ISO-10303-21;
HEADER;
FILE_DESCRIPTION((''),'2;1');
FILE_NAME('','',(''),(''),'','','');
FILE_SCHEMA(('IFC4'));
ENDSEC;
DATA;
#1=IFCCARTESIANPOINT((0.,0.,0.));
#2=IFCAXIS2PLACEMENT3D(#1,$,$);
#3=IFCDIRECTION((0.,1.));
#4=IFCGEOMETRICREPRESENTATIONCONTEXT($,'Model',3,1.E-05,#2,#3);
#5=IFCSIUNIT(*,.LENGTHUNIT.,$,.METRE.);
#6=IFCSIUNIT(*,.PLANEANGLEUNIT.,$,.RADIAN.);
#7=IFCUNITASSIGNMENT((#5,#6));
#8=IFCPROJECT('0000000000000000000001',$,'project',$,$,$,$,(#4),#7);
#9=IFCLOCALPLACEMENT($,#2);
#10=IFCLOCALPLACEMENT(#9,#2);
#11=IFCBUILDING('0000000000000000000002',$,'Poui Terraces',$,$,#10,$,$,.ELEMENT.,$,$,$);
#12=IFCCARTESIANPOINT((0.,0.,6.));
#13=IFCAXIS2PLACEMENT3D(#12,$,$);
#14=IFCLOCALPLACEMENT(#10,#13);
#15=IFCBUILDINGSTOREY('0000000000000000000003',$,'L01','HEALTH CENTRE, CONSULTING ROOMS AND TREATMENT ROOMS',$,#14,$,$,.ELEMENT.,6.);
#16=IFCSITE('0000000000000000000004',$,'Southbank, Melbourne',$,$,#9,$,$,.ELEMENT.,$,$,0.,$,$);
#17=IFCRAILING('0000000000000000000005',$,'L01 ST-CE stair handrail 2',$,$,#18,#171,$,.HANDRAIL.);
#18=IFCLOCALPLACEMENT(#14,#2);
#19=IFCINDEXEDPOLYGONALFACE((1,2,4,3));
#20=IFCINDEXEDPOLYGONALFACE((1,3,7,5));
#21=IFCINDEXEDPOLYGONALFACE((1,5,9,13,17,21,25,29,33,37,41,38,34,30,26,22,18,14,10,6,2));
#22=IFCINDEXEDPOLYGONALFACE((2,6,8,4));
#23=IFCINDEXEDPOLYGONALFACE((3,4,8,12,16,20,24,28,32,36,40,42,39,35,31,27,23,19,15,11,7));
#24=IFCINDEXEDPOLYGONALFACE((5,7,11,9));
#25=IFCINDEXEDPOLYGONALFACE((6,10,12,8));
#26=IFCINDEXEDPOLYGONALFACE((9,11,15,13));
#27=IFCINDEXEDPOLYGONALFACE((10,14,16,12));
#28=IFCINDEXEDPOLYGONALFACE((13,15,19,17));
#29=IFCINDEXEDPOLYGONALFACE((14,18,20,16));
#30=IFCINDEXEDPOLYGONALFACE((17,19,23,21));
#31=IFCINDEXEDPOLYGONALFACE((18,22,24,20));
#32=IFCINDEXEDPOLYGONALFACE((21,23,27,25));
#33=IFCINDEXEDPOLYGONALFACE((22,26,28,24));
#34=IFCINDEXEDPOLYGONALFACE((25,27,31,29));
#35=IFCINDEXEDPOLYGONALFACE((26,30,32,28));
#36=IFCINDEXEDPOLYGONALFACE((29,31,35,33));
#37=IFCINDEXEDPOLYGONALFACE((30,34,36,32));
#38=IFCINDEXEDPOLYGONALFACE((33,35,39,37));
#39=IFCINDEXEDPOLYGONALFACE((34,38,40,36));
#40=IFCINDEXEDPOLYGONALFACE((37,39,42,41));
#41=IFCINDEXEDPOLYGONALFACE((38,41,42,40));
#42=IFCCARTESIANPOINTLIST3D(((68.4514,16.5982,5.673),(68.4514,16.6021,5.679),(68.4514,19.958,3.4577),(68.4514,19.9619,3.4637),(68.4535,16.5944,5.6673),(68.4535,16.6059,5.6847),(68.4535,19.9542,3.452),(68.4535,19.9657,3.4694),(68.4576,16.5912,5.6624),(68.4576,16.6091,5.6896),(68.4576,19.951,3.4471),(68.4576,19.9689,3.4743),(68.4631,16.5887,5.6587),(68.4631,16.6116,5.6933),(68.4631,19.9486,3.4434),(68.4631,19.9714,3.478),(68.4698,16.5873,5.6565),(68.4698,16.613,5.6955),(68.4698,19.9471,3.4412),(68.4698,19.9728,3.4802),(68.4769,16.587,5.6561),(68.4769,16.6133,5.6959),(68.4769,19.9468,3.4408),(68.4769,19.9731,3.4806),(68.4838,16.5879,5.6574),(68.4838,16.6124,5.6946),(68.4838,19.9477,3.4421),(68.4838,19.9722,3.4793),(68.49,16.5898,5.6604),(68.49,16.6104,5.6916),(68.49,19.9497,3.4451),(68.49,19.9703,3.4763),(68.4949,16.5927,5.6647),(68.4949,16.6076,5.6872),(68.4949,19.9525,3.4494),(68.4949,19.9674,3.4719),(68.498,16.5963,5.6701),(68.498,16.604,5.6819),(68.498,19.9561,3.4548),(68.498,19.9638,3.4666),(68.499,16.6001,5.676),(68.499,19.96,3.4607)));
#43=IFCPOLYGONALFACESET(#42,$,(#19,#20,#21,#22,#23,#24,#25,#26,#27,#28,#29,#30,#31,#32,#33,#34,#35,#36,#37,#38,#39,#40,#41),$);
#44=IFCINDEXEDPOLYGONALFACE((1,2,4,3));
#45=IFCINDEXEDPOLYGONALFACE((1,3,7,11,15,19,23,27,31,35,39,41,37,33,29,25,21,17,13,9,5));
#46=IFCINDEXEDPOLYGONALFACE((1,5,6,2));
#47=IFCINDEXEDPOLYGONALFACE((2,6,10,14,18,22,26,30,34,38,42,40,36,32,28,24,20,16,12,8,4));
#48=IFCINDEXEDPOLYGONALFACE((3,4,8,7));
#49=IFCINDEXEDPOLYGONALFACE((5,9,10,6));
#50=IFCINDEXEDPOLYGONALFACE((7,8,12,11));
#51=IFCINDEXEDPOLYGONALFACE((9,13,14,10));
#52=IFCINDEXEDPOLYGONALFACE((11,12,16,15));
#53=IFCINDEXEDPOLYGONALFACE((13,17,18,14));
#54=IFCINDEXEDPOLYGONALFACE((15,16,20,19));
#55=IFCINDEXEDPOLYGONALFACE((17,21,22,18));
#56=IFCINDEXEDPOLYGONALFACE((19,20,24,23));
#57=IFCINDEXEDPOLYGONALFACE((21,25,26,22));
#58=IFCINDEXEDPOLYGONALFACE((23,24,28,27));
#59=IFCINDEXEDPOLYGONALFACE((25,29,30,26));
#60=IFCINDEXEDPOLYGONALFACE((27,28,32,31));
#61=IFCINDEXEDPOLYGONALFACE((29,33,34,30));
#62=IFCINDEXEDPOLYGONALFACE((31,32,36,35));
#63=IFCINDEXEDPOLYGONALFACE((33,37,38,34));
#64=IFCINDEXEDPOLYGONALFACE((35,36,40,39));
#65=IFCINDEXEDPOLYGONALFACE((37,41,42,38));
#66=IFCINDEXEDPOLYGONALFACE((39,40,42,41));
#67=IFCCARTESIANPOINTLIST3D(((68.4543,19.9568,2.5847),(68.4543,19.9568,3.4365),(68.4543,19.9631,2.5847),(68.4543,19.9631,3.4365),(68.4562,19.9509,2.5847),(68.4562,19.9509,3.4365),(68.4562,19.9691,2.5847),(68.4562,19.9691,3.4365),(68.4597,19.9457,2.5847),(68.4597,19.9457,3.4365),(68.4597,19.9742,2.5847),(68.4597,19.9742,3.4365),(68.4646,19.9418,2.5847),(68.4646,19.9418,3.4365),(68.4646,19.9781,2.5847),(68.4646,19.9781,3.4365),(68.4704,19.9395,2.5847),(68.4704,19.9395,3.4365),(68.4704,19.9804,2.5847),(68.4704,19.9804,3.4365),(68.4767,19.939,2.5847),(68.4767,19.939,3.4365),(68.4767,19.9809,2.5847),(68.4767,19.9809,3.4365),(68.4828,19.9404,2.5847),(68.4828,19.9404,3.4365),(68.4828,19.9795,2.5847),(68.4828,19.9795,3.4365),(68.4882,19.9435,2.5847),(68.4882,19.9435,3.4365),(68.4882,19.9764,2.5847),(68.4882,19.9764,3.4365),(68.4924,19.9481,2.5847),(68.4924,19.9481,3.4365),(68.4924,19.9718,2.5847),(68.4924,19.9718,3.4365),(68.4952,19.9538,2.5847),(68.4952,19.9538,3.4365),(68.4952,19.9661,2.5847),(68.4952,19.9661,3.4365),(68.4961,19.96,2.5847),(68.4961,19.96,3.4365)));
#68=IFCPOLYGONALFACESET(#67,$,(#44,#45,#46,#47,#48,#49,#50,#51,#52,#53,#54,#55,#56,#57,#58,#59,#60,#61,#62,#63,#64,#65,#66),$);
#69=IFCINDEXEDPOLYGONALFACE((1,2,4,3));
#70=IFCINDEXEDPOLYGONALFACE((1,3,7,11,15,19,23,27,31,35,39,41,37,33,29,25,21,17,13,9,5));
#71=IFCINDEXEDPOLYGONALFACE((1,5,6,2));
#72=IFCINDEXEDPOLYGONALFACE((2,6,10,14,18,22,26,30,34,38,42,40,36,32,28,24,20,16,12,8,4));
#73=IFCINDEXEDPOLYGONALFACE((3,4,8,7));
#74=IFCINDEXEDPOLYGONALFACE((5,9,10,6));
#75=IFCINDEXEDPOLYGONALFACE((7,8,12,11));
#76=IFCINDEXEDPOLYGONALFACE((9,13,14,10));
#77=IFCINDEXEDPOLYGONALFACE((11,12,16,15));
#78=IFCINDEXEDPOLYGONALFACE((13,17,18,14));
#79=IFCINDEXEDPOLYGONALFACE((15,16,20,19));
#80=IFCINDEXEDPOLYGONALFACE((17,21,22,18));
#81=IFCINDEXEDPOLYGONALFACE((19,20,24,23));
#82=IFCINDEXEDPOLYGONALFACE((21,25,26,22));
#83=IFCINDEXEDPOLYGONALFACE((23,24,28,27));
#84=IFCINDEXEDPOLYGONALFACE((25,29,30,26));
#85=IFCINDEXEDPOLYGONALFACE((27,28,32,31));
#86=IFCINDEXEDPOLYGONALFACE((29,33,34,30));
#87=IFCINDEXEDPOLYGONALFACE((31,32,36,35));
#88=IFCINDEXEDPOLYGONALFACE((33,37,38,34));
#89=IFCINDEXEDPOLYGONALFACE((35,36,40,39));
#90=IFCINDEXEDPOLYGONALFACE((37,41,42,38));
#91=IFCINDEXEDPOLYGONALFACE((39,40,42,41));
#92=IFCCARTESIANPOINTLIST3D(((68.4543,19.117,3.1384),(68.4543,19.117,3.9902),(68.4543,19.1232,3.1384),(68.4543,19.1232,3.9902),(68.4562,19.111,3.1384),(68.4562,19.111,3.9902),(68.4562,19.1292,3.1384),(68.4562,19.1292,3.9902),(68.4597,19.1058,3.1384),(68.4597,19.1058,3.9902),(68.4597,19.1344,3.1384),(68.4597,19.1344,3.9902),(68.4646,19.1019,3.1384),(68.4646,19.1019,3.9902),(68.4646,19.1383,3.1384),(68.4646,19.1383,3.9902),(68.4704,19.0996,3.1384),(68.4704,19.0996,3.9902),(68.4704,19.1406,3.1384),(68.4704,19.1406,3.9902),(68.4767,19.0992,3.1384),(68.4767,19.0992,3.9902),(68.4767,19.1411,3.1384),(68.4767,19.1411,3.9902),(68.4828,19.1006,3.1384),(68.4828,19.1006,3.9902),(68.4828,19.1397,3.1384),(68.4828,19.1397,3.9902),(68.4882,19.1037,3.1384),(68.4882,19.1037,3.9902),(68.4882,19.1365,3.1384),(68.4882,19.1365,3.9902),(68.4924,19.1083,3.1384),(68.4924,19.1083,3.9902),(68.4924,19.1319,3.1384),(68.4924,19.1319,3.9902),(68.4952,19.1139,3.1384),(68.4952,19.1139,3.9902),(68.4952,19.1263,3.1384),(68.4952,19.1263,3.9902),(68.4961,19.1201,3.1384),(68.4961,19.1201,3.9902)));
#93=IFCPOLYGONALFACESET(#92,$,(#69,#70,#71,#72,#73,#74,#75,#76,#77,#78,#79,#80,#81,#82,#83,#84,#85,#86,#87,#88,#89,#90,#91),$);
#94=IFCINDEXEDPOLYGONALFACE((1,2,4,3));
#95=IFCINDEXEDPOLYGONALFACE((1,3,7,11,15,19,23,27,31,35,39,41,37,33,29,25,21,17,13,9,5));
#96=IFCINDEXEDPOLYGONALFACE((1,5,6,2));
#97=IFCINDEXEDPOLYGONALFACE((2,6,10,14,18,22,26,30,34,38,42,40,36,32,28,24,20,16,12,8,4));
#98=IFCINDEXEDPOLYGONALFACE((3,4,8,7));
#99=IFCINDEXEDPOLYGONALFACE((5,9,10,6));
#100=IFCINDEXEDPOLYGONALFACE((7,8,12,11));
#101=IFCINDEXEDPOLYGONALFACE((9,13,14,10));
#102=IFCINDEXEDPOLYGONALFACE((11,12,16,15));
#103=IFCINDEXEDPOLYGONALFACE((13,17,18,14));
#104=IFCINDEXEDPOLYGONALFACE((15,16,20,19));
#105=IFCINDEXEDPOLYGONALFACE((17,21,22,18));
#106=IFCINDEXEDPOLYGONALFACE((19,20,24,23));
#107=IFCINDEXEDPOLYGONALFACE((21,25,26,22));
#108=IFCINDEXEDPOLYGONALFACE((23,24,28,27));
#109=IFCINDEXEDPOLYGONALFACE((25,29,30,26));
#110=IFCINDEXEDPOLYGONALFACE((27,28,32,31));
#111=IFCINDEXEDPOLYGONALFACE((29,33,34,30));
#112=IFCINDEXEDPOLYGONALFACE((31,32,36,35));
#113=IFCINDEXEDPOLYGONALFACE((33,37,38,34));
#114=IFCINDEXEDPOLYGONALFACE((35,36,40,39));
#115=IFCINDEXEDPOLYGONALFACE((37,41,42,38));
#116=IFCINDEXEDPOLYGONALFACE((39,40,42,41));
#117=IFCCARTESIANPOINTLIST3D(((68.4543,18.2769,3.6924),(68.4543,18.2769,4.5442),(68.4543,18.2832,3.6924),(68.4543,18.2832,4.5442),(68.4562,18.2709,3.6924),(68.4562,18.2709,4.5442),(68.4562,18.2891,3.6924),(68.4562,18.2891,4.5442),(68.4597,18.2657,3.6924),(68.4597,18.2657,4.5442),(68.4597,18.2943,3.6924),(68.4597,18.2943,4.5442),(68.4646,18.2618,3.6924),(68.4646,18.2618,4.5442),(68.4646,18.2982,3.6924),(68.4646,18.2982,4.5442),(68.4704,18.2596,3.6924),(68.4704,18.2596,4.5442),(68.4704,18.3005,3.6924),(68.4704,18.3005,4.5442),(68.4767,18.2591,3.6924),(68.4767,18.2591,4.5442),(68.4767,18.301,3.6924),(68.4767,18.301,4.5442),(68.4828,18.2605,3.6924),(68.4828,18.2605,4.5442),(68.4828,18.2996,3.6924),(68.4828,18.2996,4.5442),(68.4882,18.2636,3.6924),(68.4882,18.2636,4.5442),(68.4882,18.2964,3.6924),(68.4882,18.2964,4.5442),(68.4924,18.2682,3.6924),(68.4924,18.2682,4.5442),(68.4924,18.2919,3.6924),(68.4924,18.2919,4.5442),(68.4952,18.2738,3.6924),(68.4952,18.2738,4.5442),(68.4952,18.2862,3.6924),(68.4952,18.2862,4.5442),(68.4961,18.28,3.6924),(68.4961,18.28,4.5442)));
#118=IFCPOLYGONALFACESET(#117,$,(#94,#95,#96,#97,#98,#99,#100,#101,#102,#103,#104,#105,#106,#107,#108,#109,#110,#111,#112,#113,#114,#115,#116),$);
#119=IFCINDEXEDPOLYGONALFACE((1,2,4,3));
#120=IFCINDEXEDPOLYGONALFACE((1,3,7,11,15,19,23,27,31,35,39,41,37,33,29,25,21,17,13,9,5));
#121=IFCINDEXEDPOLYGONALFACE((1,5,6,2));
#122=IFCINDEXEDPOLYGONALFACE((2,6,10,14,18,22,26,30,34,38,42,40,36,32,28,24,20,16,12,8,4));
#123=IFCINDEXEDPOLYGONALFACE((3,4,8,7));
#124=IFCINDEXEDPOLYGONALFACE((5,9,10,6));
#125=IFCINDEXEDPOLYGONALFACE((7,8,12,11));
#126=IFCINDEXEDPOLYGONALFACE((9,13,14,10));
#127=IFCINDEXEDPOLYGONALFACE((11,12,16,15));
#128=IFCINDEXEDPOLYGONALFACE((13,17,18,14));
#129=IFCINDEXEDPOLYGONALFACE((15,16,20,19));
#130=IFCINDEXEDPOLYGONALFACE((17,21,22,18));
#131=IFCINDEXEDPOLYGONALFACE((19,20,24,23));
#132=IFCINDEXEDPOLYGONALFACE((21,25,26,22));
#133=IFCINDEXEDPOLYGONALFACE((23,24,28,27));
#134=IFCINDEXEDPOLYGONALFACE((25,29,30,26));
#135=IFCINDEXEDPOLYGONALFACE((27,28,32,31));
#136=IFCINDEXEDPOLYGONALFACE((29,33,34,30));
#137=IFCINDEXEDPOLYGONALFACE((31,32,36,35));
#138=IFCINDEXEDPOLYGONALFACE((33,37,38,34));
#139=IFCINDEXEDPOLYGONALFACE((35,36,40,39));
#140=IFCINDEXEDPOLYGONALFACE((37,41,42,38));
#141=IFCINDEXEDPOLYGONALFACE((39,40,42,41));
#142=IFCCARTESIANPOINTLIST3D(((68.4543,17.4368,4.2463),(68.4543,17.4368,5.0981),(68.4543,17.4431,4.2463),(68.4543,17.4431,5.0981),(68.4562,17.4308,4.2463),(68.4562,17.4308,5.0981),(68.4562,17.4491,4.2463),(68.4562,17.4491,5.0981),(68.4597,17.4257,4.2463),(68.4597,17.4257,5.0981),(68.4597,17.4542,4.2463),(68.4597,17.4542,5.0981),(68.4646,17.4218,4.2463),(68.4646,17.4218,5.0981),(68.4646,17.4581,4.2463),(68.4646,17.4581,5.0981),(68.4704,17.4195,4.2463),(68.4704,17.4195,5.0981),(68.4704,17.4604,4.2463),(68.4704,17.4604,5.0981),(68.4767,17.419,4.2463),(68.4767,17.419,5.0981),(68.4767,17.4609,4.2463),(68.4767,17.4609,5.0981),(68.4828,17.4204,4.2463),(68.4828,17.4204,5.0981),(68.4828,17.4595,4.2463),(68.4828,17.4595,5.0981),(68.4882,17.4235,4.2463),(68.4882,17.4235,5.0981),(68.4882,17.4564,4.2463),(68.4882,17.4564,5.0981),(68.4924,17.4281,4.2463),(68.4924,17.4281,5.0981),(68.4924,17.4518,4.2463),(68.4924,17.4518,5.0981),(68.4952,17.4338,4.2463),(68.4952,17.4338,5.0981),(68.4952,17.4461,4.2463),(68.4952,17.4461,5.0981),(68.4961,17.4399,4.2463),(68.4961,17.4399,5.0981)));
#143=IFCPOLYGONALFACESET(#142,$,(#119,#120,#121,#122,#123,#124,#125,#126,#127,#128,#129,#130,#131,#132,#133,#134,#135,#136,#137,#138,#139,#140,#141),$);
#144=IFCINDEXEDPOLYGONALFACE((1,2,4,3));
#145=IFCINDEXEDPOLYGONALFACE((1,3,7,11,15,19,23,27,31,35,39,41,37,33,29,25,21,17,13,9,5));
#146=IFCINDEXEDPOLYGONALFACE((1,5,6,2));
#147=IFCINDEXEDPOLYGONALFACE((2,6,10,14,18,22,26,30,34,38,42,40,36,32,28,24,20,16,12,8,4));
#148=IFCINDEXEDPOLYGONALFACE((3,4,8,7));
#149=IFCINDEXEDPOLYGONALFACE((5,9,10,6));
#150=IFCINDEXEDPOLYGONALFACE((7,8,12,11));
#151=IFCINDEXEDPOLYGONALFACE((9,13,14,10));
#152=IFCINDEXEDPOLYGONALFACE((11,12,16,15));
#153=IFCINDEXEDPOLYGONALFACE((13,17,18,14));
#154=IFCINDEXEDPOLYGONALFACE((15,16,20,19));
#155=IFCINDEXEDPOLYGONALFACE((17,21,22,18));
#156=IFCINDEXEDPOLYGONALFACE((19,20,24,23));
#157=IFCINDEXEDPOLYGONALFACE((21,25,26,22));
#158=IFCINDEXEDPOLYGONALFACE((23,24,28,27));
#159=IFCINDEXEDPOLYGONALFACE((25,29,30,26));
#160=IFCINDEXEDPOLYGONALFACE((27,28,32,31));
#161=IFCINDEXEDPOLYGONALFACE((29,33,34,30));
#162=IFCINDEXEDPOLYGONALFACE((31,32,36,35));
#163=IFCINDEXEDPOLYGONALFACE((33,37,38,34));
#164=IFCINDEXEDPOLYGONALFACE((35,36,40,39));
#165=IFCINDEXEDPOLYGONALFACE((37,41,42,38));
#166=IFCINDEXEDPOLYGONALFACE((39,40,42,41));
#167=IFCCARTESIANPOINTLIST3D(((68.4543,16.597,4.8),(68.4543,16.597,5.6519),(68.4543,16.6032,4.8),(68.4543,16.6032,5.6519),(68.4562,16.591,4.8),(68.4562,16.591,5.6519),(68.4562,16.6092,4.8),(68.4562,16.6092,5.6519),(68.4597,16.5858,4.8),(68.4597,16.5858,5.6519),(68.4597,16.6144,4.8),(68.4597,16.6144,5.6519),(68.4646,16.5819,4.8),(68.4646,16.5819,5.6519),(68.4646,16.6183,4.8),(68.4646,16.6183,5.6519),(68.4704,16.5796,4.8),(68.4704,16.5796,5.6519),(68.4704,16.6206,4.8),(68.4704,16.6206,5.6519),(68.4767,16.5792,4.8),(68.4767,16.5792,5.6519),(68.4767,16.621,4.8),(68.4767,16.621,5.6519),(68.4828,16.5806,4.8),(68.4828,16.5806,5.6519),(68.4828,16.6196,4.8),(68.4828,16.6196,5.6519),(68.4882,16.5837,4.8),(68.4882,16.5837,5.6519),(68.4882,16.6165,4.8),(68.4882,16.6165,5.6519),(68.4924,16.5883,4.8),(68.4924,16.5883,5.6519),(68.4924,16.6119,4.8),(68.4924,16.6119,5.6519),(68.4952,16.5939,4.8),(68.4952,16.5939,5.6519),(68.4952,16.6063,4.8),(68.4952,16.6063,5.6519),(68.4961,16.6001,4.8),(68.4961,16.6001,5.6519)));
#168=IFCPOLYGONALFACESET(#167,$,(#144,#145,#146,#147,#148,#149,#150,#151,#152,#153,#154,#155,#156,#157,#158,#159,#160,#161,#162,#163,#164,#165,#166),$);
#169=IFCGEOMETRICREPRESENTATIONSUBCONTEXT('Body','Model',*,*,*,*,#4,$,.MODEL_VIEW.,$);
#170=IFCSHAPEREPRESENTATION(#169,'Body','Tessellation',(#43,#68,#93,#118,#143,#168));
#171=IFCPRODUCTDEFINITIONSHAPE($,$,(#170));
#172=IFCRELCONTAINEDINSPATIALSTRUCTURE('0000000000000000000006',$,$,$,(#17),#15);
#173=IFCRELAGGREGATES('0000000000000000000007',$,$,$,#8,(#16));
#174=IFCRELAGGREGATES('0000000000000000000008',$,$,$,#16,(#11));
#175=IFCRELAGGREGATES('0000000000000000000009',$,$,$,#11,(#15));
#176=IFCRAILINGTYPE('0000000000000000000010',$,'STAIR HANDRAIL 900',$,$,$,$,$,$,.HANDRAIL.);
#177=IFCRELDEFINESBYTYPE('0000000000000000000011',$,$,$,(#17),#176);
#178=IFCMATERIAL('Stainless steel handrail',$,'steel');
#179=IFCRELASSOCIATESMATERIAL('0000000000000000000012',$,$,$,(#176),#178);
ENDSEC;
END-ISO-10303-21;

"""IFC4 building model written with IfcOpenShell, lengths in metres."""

from ifc_helpers import new_model, si_unit, direction, frame, origin, origin_2d, place, context, subcontext, project, spatial, circle, extrude, material, type_object, element, save


model = new_model("IFC4")

# Units and contexts
model_context = context("Model", 3, precision=1e-05, world=origin(), true_north=direction((0.0, 1.0)))
body_context = subcontext(model_context, "Body", "Model", "MODEL_VIEW")
ifc_project = project(units=[si_unit("LENGTHUNIT", "METRE"), si_unit("PLANEANGLEUNIT", "RADIAN")], contexts=[model_context])

# Site, building, storey
site_placement = place(None, origin())
site = spatial("IfcSite", under=ifc_project, at=site_placement, Name="Southbank, Melbourne", CompositionType="ELEMENT", RefElevation=0.0)
building_placement = place(site_placement, origin())
building = spatial("IfcBuilding", under=site, at=building_placement, Name="Poui Terraces", CompositionType="ELEMENT")
storey_placement = place(building_placement, frame((0.0, 0.0, 6.0)))
storey = spatial("IfcBuildingStorey", under=building, at=storey_placement, Name="L01", Description="HEALTH CENTRE, CONSULTING ROOMS AND TREATMENT ROOMS", CompositionType="ELEMENT", Elevation=6.0)

# Railing
ifc_material_1 = material(Name="Stainless steel handrail", Category="steel")
railing_type_1 = type_object("IfcRailingType", Name="STAIR HANDRAIL 900", PredefinedType="HANDRAIL", material=ifc_material_1)
railing_1_placement = place(storey_placement, frame((68.4751, 19.96, 2.5847)))
element("IfcRailing", 1, at=railing_1_placement, inside=storey, type_object=railing_type_1, Name="L01 ST-CE stair handrail 2", PredefinedType="HANDRAIL", context=body_context, shape_type="SweptSolid", body=[
    extrude(circle(Radius=0.0239, at=origin_2d()), frame((0.0, 0.0, 0.876), z_axis=(0.0, -0.834858, 0.550465), x_axis=(1.0, 0.0, 0.0)), (0.0, 0.0, 1.0), 4.0244),
    extrude(circle(Radius=0.021, at=origin_2d()), origin(), (0.0, 0.0, 1.0), 0.8518),
    extrude(circle(Radius=0.021, at=origin_2d()), frame((0.0, -0.8398, 0.5537)), (0.0, 0.0, 1.0), 0.8518),
    extrude(circle(Radius=0.021, at=origin_2d()), frame((0.0, -1.6799, 1.1077)), (0.0, 0.0, 1.0), 0.8518),
    extrude(circle(Radius=0.021, at=origin_2d()), frame((0.0, -2.52, 1.6616)), (0.0, 0.0, 1.0), 0.8518),
    extrude(circle(Radius=0.021, at=origin_2d()), frame((0.0, -3.3599, 2.2153)), (0.0, 0.0, 1.0), 0.8518),
])

save(model, "model.ifc")
